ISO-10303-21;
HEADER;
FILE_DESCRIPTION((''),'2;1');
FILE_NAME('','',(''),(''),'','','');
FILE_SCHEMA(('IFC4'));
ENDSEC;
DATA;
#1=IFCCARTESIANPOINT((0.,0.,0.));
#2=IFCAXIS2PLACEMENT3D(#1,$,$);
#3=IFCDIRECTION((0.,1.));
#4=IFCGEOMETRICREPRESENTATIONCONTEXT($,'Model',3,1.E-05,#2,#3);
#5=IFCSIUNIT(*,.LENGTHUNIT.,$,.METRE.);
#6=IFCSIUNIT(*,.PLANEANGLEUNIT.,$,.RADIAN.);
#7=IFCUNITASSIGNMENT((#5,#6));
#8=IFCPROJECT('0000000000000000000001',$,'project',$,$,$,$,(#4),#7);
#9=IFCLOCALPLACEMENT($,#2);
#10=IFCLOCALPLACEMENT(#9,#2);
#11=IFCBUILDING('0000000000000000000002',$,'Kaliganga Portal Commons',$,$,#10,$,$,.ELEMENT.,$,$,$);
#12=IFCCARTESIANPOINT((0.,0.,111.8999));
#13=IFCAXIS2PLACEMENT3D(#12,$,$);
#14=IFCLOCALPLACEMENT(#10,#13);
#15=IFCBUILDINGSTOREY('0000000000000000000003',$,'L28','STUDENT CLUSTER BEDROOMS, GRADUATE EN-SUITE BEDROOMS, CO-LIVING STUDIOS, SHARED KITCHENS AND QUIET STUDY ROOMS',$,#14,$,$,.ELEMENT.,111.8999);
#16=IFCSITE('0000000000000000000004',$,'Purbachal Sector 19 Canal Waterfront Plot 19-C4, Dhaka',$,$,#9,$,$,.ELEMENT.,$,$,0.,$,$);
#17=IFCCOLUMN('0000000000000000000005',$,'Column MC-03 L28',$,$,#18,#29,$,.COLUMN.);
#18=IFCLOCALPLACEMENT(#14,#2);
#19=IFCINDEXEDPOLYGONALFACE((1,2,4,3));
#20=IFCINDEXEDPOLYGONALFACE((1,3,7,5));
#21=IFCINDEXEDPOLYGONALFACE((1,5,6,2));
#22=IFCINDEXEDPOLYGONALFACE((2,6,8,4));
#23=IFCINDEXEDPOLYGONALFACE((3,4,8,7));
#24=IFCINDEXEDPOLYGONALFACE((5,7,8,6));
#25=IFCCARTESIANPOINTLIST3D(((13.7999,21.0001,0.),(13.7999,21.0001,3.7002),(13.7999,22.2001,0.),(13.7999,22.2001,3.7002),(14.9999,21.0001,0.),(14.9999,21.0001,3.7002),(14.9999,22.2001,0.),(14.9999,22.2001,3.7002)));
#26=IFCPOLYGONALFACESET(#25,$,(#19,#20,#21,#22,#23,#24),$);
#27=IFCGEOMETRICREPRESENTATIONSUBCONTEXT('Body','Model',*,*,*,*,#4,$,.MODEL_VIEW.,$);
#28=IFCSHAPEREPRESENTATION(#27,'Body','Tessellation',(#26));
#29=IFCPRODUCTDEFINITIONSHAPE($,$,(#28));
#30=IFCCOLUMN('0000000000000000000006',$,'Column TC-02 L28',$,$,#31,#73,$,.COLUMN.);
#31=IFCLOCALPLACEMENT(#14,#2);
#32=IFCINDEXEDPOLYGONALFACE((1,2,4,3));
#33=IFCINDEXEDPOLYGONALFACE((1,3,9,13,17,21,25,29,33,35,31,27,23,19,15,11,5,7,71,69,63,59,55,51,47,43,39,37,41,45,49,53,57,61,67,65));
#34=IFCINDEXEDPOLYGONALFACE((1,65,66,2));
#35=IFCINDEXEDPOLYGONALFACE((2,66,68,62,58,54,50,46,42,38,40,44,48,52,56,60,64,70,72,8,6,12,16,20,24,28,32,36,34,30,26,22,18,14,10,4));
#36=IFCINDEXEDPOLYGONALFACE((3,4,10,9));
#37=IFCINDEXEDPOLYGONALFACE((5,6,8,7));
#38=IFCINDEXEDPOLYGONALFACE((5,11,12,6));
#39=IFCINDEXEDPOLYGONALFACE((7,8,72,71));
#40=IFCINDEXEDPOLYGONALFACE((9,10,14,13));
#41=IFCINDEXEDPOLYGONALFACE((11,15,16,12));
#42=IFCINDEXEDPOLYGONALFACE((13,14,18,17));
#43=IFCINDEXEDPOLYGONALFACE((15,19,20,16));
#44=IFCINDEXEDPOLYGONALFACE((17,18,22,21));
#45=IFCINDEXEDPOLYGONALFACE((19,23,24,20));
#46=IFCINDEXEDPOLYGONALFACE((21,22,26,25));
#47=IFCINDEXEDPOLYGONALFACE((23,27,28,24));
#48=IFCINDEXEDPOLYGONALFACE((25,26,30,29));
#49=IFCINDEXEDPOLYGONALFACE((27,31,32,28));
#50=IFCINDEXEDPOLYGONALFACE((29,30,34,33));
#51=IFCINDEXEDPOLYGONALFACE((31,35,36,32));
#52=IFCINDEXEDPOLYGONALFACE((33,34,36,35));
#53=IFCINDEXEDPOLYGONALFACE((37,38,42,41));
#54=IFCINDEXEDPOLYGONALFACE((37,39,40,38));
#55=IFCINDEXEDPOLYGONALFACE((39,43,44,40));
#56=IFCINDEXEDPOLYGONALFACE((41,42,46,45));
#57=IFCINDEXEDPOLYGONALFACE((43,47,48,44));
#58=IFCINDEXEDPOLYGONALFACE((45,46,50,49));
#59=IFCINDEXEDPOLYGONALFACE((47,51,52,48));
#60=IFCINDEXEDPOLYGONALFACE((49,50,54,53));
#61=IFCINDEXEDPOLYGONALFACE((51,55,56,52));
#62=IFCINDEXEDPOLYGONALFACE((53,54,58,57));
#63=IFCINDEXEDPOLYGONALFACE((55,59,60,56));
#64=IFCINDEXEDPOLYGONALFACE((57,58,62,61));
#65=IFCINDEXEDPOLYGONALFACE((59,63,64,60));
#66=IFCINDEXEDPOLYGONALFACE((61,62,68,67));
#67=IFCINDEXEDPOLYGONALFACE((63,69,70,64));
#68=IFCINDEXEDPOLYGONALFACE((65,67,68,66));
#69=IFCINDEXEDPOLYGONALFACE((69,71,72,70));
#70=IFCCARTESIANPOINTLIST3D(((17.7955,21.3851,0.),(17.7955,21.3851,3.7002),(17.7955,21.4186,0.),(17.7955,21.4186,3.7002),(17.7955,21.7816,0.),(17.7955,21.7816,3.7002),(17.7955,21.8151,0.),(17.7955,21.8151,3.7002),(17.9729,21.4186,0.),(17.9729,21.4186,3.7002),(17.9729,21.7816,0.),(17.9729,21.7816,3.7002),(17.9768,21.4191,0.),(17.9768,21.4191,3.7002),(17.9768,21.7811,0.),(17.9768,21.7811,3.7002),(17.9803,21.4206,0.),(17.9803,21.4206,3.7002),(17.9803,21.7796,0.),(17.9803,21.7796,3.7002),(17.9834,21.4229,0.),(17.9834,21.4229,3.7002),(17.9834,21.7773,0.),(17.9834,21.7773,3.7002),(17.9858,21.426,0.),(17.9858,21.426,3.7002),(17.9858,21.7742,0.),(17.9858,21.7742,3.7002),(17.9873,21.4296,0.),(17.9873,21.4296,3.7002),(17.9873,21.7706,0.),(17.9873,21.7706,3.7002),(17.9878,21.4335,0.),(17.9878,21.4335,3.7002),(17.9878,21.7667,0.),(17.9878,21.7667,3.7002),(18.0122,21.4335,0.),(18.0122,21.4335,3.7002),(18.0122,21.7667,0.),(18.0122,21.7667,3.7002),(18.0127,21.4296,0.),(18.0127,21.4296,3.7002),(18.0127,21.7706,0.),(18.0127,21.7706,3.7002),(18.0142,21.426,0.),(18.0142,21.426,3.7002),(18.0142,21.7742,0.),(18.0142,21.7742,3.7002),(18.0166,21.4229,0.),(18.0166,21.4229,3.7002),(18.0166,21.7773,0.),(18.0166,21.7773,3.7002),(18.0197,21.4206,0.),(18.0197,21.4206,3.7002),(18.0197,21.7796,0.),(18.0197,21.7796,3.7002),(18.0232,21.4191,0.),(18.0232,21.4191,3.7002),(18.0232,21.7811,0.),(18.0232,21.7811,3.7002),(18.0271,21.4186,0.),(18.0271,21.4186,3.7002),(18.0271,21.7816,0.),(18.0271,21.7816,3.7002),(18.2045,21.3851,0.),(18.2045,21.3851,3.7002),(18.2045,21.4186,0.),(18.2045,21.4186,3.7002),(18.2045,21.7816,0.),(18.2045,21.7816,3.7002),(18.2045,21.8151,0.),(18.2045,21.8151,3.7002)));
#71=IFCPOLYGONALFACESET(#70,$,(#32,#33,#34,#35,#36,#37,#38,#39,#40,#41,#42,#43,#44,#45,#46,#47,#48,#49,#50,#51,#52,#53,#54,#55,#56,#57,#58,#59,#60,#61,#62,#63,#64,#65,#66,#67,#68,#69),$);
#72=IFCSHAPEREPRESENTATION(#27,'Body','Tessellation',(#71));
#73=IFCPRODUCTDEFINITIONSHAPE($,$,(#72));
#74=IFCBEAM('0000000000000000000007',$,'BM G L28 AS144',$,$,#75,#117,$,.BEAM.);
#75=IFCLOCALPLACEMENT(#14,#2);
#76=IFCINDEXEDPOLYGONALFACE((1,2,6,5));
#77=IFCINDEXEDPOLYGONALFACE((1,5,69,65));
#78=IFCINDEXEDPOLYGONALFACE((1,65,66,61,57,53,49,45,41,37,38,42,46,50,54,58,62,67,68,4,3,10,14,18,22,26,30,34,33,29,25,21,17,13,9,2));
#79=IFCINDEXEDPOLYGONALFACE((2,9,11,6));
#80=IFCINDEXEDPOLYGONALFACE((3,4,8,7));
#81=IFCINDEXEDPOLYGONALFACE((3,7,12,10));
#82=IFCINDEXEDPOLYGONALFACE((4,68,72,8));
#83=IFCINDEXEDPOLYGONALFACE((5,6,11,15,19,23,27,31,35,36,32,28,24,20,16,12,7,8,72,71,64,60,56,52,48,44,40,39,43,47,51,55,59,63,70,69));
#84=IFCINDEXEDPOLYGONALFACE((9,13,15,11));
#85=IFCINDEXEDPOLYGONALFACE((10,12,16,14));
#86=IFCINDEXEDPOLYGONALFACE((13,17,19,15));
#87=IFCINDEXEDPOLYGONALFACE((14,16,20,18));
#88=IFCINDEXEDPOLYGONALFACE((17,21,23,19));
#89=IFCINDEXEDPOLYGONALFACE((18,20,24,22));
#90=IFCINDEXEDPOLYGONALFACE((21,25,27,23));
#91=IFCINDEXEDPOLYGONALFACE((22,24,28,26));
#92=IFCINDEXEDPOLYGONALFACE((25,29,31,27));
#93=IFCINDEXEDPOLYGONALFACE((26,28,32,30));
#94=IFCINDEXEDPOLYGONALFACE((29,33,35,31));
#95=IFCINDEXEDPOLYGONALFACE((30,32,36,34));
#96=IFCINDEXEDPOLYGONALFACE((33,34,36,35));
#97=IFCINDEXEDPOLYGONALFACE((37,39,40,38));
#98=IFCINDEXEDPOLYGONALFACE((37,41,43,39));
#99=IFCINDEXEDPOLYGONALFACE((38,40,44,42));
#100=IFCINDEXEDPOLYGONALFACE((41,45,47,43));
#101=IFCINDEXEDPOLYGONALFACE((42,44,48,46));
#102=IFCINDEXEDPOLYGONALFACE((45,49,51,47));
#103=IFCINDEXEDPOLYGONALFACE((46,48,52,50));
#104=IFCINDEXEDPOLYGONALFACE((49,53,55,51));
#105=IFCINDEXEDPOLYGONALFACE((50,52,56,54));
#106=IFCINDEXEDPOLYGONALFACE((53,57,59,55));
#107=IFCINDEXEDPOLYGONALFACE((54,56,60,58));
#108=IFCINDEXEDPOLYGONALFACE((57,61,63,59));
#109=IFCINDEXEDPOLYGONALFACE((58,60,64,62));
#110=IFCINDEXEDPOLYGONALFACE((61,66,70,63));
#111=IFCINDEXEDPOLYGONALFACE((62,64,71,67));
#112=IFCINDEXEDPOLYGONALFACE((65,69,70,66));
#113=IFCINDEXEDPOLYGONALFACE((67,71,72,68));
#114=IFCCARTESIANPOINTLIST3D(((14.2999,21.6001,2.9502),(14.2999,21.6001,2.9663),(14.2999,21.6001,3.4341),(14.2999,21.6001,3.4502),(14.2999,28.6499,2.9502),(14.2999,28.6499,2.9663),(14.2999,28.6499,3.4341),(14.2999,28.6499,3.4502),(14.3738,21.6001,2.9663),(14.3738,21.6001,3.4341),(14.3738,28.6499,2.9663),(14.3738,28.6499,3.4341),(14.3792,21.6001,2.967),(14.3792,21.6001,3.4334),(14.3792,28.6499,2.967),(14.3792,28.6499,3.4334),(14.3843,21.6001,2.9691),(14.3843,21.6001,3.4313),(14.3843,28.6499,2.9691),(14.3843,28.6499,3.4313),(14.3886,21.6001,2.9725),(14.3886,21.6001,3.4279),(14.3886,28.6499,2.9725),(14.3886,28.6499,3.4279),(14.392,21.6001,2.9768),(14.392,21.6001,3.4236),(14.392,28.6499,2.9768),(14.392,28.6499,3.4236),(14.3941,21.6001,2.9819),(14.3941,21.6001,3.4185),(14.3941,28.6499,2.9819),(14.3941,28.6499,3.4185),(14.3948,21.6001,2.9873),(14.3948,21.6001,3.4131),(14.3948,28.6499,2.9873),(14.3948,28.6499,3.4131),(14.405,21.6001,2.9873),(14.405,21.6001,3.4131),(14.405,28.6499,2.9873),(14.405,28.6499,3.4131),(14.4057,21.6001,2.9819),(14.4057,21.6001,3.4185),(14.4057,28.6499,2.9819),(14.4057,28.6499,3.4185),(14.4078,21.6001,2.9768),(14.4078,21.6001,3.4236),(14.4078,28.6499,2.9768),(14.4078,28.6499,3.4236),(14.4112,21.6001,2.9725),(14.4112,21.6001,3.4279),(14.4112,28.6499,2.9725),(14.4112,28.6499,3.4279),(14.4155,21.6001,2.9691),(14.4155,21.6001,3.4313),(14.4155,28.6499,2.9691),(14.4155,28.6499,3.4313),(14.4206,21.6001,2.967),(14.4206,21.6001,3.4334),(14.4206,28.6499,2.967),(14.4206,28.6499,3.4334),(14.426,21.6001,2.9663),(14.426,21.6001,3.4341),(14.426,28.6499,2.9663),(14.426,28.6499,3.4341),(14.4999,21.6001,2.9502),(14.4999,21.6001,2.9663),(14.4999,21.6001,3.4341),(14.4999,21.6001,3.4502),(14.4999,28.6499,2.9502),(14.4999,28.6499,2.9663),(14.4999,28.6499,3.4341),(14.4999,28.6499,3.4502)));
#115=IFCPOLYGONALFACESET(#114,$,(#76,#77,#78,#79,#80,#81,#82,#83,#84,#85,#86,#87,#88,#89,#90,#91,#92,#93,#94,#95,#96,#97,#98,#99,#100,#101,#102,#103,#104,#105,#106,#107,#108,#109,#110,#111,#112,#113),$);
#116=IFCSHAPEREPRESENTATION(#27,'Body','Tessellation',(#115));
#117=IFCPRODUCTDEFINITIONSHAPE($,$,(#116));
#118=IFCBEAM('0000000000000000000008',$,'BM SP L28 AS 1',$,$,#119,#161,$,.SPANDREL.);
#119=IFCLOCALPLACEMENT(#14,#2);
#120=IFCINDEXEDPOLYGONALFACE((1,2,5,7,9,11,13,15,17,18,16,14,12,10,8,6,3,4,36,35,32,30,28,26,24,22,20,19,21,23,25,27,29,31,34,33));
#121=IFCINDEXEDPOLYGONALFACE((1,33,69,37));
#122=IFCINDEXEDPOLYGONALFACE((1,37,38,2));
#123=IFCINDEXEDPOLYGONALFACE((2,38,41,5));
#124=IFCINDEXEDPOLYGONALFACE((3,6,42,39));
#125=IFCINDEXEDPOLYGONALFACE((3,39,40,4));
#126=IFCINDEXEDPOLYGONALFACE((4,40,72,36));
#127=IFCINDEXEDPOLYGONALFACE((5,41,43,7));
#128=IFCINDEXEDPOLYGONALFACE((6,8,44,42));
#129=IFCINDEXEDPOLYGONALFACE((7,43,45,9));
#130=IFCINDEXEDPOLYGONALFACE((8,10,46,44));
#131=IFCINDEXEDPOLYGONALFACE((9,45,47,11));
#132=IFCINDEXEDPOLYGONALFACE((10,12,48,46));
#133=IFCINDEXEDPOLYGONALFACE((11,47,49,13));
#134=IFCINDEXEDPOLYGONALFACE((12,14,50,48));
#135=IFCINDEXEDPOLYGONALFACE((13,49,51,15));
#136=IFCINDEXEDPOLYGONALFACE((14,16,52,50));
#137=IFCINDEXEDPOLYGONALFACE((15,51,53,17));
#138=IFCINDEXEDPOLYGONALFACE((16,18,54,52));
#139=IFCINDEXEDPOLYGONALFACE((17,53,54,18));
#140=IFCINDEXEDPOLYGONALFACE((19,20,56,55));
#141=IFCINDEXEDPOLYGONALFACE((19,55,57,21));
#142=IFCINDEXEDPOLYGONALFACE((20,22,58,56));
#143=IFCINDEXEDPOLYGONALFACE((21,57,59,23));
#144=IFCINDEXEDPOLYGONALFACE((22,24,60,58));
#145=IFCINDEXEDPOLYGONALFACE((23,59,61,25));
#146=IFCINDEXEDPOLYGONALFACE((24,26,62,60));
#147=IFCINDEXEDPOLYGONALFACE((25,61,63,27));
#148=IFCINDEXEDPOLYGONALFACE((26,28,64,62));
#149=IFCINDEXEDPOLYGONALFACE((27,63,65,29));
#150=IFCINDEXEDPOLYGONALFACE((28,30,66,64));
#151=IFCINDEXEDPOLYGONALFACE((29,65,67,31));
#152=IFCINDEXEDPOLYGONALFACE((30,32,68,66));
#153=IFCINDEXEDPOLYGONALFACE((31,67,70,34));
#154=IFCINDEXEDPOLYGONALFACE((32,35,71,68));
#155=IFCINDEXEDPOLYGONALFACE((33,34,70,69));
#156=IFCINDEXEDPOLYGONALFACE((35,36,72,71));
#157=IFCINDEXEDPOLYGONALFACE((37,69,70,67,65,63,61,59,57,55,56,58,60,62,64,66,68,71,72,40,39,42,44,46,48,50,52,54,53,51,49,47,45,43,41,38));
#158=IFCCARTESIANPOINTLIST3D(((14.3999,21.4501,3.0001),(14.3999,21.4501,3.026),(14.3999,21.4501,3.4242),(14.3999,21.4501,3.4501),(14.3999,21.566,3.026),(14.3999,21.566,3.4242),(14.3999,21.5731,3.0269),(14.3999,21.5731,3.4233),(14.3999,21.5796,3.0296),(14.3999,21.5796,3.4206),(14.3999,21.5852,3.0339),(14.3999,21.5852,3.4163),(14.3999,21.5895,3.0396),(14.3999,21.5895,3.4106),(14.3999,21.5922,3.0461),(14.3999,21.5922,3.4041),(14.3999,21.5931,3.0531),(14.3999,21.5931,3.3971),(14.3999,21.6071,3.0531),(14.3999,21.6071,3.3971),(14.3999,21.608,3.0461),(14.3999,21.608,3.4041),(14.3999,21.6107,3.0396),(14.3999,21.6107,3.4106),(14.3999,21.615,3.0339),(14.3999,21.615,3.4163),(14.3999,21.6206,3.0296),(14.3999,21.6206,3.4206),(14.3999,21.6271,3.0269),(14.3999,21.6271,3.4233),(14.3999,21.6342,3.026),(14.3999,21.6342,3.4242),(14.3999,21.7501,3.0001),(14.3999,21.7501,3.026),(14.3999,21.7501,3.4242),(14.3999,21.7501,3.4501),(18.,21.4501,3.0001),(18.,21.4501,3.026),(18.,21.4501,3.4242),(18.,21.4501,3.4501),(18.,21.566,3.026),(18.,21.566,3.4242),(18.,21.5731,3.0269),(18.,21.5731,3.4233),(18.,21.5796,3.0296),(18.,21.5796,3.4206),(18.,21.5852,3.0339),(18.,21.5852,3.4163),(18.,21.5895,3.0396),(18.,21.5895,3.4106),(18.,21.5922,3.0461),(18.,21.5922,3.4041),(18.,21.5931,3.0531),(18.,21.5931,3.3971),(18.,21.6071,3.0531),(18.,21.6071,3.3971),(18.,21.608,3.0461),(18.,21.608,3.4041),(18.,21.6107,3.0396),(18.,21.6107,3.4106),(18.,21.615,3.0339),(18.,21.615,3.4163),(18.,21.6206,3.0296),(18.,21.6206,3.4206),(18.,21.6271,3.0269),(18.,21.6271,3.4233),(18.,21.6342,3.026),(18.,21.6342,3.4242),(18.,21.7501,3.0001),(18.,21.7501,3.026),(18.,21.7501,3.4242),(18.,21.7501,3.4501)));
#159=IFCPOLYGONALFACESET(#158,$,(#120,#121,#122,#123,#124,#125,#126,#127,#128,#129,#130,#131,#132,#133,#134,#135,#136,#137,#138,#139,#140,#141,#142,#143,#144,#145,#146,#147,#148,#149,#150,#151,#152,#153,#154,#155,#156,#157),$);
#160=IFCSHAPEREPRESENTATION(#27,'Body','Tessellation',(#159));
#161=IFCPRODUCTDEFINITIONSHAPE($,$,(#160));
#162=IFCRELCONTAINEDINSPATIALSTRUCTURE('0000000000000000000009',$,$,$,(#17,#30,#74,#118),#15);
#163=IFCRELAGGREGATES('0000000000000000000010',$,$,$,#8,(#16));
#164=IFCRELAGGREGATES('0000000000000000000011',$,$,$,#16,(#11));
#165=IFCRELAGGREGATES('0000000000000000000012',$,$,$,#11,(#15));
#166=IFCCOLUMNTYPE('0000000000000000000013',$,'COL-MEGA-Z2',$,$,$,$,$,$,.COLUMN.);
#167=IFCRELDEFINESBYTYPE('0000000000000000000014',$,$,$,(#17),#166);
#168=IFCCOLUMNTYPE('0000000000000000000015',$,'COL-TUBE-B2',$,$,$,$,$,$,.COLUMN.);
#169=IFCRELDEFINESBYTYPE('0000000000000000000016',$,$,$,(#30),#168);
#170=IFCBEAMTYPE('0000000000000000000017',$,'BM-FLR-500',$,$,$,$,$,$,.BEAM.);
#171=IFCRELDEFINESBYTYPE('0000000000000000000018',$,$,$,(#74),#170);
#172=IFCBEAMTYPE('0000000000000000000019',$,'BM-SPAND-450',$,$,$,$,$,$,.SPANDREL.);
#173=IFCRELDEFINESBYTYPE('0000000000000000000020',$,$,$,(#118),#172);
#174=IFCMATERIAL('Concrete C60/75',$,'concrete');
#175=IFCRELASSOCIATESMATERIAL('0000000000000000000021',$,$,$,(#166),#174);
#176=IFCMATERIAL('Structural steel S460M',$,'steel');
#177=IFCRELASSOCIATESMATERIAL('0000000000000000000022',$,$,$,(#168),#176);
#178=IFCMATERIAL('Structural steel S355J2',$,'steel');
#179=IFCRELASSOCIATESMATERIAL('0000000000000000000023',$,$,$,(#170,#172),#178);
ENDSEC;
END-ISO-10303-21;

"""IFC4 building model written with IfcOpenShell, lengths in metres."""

from ifc_helpers import new_model, si_unit, direction, frame, origin, origin_2d, place, context, subcontext, project, spatial, rectangle, i_section, extrude, source, transform, mapped, material, material_profile, profile_set, type_object, element, save


model = new_model("IFC4")

# Units and contexts
model_context = context("Model", 3, precision=1e-05, world=origin(), true_north=direction((0.0, 1.0)))
body_context = subcontext(model_context, "Body", "Model", "MODEL_VIEW")
ifc_project = project(units=[si_unit("LENGTHUNIT", "METRE"), si_unit("PLANEANGLEUNIT", "RADIAN")], contexts=[model_context])

# Site, building, storey
site_placement = place(None, origin())
site = spatial("IfcSite", under=ifc_project, at=site_placement, Name="Purbachal Sector 19 Canal Waterfront Plot 19-C4, Dhaka", CompositionType="ELEMENT", RefElevation=0.0)
building_placement = place(site_placement, origin())
building = spatial("IfcBuilding", under=site, at=building_placement, Name="Kaliganga Portal Commons", CompositionType="ELEMENT")
storey_placement = place(building_placement, frame((0.0, 0.0, 111.8999)))
storey = spatial("IfcBuildingStorey", under=building, at=storey_placement, Name="L28", Description="STUDENT CLUSTER BEDROOMS, GRADUATE EN-SUITE BEDROOMS, CO-LIVING STUDIOS, SHARED KITCHENS AND QUIET STUDY ROOMS", CompositionType="ELEMENT", Elevation=111.8999)

# Columns
ifc_material_1 = material(Name="Concrete C60/75", Category="concrete")
ifc_material_profile_1 = material_profile(ifc_material_1, rectangle(XDim=1.2, YDim=1.2, at=origin_2d()), Name="RC 1200x1200")
ifc_profile_set_1 = profile_set([ifc_material_profile_1], Name="Concrete C60/75")
column_type_1 = type_object("IfcColumnType", Name="COL-MEGA-Z2", PredefinedType="COLUMN", material=ifc_profile_set_1)
shared_shape_1 = source(origin(), body_context, "Body", "SweptSolid", [
    extrude(rectangle(XDim=1.2, YDim=1.2, at=origin_2d()), origin(), (0.0, 0.0, 1.0), 3.7002),
])
column_1_placement = place(storey_placement, frame((14.3999, 21.6001, 0.0), z_axis=(0.0, 0.0, 1.0), x_axis=(1.0, 0.0, 0.0)))
element("IfcColumn", 1, at=column_1_placement, inside=storey, type_object=column_type_1, Name="Column MC-03 L28", PredefinedType="COLUMN", context=body_context, shape_type="MappedRepresentation", body=[
    mapped(shared_shape_1, transform((0.0, 0.0, 0.0), x_axis=(1.0, 0.0, 0.0), y_axis=(0.0, 1.0, 0.0), z_axis=(0.0, 0.0, 1.0), scale=1.0)),
])
ifc_material_2 = material(Name="Structural steel S460M", Category="steel")
ifc_material_profile_2 = material_profile(ifc_material_2, i_section(OverallWidth=0.4089, OverallDepth=0.4299, WebThickness=0.0244, FlangeThickness=0.0334, FilletRadius=0.0149, at=origin_2d()), Name="HD 400x421")
ifc_profile_set_2 = profile_set([ifc_material_profile_2], Name="Structural steel S460M wide-flange")
column_type_2 = type_object("IfcColumnType", Name="COL-TUBE-B2", PredefinedType="COLUMN", material=ifc_profile_set_2)
shared_shape_2 = source(origin(), body_context, "Body", "SweptSolid", [
    extrude(i_section(OverallWidth=0.4089, OverallDepth=0.4299, WebThickness=0.0244, FlangeThickness=0.0334, FilletRadius=0.0149, at=origin_2d()), origin(), (0.0, 0.0, 1.0), 3.7002),
])
column_2_placement = place(storey_placement, frame((18.0, 21.6001, 0.0), z_axis=(0.0, 0.0, 1.0), x_axis=(1.0, 0.0, 0.0)))
element("IfcColumn", 2, at=column_2_placement, inside=storey, type_object=column_type_2, Name="Column TC-02 L28", PredefinedType="COLUMN", context=body_context, shape_type="MappedRepresentation", body=[
    mapped(shared_shape_2, transform((0.0, 0.0, 0.0), x_axis=(1.0, 0.0, 0.0), y_axis=(0.0, 1.0, 0.0), z_axis=(0.0, 0.0, 1.0), scale=1.0)),
])

# Beams
ifc_material_3 = material(Name="Structural steel S355J2", Category="steel")
ifc_material_profile_3 = material_profile(ifc_material_3, i_section(OverallWidth=0.2, OverallDepth=0.5, WebThickness=0.0103, FlangeThickness=0.0161, FilletRadius=0.021, at=origin_2d()), Name="IPE 500")
ifc_profile_set_3 = profile_set([ifc_material_profile_3], Name="Structural steel S355J2 wide-flange")
beam_type_1 = type_object("IfcBeamType", Name="BM-FLR-500", PredefinedType="BEAM", material=ifc_profile_set_3)
shared_shape_3 = source(origin(), body_context, "Body", "SweptSolid", [
    extrude(i_section(OverallWidth=0.2, OverallDepth=0.5, WebThickness=0.0103, FlangeThickness=0.0161, FilletRadius=0.021, at=origin_2d()), origin(), (0.0, 0.0, 1.0), 7.0498),
])
beam_1_placement = place(storey_placement, frame((14.3999, 21.6001, 3.2002), z_axis=(0.0, 1.0, 0.0), x_axis=(-1.0, 0.0, 0.0)))
element("IfcBeam", 3, at=beam_1_placement, inside=storey, type_object=beam_type_1, Name="BM G L28 AS144", PredefinedType="BEAM", context=body_context, shape_type="MappedRepresentation", body=[
    mapped(shared_shape_3, transform((0.0, 0.0, 0.0), x_axis=(1.0, 0.0, 0.0), y_axis=(0.0, 1.0, 0.0), z_axis=(0.0, 0.0, 1.0), scale=1.0)),
])
ifc_material_profile_4 = material_profile(ifc_material_3, i_section(OverallWidth=0.3, OverallDepth=0.45, WebThickness=0.0139, FlangeThickness=0.0259, FilletRadius=0.0271, at=origin_2d()), Name="HE 450 B")
ifc_profile_set_4 = profile_set([ifc_material_profile_4], Name="Structural steel S355J2 wide-flange")
beam_type_2 = type_object("IfcBeamType", Name="BM-SPAND-450", PredefinedType="SPANDREL", material=ifc_profile_set_4)
shared_shape_4 = source(origin(), body_context, "Body", "SweptSolid", [
    extrude(i_section(OverallWidth=0.3, OverallDepth=0.45, WebThickness=0.0139, FlangeThickness=0.0259, FilletRadius=0.0271, at=origin_2d()), origin(), (0.0, 0.0, 1.0), 3.6001),
])
for number, where, z_axis, x_axis, name in (
    (4, (14.3999, 21.6001, 3.2251), (1.0, 0.0, 0.0), (0.0, 1.0, 0.0), "BM SP L28 AS 1"),
):
    element("IfcBeam", number, at=place(storey_placement, frame(where, z_axis=z_axis, x_axis=x_axis)), inside=storey, type_object=beam_type_2, Name=name, PredefinedType="SPANDREL", context=body_context, shape_type="MappedRepresentation", body=[
        mapped(shared_shape_4, transform((0.0, 0.0, 0.0), x_axis=(1.0, 0.0, 0.0), y_axis=(0.0, 1.0, 0.0), z_axis=(0.0, 0.0, 1.0), scale=1.0)),
    ])

save(model, "model.ifc")
